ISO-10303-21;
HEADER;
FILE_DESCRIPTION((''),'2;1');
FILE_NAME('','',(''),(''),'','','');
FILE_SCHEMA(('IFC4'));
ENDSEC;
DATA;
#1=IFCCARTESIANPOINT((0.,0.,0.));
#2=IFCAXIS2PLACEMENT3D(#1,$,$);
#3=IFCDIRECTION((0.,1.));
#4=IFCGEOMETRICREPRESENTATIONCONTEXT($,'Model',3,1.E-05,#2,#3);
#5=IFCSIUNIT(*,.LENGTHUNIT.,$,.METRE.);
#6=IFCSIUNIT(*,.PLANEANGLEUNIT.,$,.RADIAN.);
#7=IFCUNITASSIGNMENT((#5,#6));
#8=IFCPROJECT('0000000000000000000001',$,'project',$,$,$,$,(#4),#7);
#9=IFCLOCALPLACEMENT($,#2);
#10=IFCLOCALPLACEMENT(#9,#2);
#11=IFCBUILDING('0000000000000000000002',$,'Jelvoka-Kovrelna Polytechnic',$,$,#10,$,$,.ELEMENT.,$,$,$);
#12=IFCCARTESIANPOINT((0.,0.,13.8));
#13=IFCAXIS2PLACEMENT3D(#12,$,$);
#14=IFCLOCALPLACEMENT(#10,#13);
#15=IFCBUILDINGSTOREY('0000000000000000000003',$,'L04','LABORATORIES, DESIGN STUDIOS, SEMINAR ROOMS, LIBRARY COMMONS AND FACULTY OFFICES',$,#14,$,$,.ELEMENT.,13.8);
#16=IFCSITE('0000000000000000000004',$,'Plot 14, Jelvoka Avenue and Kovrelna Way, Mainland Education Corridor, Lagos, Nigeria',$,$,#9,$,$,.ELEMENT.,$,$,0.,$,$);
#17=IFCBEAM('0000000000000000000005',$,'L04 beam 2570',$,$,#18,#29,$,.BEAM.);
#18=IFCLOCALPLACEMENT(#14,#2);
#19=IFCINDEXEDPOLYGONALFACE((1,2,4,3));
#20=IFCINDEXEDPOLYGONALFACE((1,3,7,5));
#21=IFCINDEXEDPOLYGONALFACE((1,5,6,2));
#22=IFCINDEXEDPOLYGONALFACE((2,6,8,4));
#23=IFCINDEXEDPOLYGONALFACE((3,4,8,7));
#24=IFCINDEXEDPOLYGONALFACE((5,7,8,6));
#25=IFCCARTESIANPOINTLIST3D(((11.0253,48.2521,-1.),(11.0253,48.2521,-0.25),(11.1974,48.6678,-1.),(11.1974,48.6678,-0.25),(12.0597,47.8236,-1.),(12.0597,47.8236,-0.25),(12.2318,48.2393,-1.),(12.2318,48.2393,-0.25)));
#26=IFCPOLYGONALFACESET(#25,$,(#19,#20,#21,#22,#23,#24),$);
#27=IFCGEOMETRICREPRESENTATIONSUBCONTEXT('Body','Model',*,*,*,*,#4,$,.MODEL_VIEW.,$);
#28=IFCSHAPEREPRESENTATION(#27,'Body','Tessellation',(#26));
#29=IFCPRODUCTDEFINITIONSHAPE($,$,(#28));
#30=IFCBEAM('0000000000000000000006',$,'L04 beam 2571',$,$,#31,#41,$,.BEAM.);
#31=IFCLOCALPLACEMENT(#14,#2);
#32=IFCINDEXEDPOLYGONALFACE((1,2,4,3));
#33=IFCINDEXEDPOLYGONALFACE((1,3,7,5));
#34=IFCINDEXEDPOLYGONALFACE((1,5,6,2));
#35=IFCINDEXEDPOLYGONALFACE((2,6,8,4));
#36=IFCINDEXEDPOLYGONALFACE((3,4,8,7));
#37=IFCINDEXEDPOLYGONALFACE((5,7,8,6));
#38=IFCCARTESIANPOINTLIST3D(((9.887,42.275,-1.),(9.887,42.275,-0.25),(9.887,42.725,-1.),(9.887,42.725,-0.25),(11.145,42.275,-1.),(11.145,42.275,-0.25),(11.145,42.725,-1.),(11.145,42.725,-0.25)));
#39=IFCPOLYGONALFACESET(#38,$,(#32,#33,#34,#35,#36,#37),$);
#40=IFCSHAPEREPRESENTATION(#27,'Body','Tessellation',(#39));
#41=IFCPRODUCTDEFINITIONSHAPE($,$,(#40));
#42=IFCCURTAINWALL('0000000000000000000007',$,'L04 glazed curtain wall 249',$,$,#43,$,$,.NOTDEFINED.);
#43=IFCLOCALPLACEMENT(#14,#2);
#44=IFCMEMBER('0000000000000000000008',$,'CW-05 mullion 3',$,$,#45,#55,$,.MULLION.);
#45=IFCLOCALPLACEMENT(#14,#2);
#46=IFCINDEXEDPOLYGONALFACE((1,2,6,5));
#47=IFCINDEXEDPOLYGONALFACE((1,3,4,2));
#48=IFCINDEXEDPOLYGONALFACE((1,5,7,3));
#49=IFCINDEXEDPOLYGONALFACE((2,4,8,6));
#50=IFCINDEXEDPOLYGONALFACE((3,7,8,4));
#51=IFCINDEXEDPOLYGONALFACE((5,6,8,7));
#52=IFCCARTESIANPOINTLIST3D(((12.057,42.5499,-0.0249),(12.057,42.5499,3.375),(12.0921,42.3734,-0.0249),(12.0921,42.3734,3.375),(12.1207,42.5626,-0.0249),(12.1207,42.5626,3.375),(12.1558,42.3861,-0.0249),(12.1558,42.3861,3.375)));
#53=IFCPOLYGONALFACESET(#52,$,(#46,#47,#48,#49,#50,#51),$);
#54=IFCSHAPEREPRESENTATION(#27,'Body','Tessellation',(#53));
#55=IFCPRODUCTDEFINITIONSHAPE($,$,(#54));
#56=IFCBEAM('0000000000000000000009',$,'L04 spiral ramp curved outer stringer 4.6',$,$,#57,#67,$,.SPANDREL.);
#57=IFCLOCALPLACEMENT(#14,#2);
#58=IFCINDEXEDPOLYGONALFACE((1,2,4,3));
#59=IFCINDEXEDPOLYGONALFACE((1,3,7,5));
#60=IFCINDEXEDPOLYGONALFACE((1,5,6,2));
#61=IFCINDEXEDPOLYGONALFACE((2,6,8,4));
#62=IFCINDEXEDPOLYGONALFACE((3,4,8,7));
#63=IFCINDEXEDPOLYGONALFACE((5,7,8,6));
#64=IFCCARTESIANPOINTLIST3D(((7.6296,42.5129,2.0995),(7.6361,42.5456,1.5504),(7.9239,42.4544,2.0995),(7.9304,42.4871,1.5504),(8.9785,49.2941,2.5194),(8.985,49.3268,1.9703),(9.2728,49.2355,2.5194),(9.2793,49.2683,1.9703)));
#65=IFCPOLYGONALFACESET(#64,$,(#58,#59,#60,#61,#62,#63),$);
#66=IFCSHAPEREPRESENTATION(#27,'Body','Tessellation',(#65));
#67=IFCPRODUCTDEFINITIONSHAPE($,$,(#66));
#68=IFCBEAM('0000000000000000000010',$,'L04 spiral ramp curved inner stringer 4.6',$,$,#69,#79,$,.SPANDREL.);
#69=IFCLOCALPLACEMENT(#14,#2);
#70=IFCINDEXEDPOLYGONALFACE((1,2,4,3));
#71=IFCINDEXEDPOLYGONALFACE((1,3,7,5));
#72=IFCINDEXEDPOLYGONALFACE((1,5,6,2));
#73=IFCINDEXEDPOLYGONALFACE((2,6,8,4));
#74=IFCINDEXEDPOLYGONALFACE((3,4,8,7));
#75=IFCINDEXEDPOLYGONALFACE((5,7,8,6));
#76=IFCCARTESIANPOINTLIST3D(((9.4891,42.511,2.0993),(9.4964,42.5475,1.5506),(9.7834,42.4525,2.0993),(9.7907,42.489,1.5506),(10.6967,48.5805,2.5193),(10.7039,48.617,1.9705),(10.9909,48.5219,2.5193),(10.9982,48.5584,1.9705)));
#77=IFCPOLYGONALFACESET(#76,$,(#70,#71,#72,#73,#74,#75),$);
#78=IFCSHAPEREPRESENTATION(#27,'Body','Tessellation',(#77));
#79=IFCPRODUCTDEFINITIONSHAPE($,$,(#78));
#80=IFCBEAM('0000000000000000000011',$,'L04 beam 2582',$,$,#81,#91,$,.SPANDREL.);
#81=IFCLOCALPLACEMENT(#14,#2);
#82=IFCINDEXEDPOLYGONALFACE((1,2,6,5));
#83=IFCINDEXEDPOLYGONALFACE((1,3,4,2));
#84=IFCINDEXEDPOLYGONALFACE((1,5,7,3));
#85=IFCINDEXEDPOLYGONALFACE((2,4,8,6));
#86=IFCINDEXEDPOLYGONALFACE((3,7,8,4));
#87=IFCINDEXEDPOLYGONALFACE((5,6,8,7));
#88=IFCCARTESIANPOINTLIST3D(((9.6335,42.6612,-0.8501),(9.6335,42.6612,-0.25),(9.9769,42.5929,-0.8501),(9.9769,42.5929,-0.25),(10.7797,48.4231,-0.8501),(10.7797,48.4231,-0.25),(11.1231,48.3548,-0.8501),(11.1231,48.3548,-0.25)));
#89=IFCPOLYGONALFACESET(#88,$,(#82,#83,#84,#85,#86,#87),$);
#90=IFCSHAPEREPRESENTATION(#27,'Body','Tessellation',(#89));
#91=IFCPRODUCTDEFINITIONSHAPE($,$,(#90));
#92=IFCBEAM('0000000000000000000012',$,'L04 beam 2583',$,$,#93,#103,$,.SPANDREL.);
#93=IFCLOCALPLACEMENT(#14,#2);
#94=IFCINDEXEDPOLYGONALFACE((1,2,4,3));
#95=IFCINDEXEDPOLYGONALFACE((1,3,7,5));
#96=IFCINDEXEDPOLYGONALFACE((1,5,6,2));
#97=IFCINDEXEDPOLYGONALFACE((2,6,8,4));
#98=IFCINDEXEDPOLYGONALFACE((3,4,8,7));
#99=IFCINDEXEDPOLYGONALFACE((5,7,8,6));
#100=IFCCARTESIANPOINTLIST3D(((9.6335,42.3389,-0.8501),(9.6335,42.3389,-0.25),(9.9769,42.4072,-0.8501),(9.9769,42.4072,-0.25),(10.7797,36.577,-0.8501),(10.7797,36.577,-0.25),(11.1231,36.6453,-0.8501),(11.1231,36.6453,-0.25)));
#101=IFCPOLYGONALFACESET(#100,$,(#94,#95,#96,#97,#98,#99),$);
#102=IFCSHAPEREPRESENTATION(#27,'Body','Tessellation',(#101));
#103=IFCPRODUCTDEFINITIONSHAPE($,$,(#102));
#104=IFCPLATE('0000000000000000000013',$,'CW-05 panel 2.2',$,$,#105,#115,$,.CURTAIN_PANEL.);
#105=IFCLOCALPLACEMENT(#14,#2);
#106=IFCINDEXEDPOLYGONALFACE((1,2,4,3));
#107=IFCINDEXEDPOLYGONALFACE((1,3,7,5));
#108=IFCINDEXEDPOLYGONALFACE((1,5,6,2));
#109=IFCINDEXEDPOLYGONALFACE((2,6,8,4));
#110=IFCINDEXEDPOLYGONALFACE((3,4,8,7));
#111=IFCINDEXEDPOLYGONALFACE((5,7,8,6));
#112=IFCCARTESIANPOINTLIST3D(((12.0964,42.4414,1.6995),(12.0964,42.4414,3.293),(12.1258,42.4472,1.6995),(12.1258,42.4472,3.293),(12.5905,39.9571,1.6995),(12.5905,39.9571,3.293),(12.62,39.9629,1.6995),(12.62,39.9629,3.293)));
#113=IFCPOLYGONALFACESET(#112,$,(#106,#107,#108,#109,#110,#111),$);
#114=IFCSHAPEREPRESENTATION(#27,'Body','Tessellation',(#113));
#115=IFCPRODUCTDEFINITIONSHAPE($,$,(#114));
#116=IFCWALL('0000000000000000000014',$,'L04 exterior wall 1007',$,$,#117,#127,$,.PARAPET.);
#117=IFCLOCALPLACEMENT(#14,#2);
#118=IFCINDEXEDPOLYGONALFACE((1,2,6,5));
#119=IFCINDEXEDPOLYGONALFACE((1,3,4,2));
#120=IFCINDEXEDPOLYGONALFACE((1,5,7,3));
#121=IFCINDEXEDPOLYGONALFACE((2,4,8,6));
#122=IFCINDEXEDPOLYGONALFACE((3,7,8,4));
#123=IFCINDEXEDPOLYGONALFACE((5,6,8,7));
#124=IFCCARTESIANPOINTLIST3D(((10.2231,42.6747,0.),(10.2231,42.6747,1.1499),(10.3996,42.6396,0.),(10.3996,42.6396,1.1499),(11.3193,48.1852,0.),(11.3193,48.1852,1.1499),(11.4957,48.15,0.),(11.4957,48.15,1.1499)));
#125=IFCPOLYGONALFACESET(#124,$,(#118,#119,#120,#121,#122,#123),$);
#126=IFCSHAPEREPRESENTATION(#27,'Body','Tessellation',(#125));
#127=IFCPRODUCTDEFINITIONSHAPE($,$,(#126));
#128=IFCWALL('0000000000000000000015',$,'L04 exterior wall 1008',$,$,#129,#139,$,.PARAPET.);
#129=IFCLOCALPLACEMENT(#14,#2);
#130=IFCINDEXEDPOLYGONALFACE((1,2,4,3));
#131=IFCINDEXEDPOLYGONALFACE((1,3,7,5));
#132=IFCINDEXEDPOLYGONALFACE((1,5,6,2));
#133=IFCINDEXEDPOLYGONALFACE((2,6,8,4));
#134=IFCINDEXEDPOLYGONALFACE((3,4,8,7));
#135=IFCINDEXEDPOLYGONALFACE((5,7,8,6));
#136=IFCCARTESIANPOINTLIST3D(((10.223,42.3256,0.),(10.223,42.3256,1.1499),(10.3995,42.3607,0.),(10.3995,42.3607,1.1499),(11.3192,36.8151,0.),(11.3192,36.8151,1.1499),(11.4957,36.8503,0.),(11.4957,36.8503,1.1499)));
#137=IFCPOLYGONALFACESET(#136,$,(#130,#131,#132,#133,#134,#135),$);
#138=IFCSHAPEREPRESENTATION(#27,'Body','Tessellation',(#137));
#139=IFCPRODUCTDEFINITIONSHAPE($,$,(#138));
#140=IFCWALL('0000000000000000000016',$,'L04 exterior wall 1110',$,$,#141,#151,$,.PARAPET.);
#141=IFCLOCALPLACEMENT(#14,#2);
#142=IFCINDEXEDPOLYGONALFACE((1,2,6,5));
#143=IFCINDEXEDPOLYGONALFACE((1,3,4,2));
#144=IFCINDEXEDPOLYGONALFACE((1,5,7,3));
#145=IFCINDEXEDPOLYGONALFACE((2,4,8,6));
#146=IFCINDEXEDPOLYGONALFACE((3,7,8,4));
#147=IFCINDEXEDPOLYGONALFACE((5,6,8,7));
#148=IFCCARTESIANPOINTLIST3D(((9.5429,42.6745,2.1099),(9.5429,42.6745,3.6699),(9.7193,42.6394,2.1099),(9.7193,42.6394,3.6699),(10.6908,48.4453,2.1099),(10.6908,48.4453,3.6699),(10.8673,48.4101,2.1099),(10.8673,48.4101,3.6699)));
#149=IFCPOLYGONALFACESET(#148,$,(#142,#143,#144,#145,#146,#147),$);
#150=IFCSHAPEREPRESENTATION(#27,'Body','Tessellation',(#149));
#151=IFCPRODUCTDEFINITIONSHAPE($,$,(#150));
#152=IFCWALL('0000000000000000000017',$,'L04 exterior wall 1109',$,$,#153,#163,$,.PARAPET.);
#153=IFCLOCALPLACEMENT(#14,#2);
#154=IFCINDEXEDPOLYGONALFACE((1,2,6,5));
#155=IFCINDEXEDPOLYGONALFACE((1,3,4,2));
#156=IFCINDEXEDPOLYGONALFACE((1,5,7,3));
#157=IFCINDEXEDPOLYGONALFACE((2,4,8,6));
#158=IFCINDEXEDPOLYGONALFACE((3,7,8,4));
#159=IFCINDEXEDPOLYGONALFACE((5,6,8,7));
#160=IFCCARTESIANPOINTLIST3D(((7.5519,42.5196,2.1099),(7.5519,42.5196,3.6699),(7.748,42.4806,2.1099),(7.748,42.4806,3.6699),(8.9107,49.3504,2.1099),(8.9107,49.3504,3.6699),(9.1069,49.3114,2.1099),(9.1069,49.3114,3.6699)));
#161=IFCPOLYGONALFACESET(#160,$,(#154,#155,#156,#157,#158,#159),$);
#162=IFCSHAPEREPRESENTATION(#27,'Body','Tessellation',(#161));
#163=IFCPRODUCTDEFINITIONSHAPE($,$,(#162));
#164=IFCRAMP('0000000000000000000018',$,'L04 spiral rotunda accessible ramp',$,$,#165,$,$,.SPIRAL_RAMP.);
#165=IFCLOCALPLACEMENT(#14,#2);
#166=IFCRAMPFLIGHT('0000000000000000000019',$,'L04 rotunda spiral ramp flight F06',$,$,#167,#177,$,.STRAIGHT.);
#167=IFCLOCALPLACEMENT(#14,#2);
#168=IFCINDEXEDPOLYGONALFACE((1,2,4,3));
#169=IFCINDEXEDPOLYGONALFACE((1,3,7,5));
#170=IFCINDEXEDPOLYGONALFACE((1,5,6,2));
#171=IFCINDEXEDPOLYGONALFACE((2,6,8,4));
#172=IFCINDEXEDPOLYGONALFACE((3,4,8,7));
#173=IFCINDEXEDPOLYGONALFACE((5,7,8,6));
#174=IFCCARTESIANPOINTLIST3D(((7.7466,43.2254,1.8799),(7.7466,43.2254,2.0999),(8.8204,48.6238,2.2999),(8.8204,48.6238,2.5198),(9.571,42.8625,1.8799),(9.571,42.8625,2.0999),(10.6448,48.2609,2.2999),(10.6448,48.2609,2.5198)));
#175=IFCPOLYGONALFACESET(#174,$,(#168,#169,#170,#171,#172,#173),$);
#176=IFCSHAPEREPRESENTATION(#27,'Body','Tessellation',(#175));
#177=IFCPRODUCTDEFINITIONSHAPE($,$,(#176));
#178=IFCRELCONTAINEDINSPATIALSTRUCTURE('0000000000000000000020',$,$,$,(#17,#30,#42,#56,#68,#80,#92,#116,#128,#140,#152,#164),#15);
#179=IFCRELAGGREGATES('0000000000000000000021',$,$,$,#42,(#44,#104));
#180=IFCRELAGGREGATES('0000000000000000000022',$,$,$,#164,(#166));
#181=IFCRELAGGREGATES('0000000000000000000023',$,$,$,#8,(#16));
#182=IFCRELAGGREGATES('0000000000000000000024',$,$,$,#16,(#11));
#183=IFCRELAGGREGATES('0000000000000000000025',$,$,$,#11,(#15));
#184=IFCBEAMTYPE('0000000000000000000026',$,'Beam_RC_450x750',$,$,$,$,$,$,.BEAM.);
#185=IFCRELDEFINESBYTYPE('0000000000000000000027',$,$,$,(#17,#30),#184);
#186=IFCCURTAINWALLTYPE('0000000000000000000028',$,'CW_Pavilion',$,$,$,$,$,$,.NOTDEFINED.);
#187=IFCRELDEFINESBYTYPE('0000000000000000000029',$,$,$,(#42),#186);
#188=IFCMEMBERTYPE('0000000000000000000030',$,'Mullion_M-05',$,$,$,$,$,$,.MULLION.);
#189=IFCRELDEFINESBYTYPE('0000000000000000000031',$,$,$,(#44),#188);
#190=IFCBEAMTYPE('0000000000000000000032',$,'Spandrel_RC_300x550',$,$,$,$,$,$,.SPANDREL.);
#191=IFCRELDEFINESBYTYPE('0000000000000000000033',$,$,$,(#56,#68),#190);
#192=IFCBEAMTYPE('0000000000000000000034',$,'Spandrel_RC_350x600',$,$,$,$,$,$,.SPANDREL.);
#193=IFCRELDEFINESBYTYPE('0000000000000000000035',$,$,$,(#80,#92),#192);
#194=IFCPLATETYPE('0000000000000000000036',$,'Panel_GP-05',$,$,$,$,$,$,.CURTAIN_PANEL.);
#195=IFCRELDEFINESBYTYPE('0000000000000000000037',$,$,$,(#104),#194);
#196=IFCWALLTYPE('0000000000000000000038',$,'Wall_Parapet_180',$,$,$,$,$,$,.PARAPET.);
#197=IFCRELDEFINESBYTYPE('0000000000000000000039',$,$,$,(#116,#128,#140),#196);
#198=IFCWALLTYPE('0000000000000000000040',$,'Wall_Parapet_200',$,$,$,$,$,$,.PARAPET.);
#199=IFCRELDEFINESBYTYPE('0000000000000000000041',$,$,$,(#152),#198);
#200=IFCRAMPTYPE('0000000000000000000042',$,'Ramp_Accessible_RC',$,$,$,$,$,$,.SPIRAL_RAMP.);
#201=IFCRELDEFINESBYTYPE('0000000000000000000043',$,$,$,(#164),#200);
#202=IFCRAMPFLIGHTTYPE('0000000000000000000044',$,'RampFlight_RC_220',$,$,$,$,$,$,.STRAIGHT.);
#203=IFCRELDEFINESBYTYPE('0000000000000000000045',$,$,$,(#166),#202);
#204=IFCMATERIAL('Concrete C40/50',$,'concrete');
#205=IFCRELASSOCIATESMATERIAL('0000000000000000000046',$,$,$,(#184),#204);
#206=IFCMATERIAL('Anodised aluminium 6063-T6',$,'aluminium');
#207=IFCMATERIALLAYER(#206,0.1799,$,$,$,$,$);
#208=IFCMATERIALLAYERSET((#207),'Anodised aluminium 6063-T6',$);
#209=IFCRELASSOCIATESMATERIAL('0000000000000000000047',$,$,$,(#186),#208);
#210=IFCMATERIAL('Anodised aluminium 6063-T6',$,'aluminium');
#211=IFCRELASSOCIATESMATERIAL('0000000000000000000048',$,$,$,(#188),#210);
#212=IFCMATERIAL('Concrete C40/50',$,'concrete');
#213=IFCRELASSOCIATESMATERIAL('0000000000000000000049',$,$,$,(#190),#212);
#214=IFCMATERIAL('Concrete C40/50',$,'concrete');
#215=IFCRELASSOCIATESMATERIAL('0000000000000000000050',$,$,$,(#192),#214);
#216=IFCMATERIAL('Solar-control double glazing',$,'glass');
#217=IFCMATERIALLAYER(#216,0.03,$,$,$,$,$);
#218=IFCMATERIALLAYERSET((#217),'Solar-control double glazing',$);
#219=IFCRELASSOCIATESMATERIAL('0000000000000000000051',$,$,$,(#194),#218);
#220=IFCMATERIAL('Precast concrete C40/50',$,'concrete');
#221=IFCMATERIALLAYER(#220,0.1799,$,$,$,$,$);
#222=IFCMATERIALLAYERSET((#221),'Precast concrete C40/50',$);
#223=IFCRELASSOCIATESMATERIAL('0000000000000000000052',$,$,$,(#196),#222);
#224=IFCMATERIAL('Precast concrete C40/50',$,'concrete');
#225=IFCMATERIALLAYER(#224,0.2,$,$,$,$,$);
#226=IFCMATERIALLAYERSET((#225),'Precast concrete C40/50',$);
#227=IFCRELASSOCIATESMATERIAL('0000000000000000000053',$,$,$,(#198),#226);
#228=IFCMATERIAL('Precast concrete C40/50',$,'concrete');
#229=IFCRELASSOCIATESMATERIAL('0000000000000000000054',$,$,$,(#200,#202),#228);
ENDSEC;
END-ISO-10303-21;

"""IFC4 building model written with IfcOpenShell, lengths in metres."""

from ifc_helpers import new_model, si_unit, direction, frame, frame_2d, origin, origin_2d, place, context, subcontext, project, spatial, polyline, rectangle, outline, extrude, material, layer, layer_set, material_profile, profile_set, type_object, element, aggregate, save


model = new_model("IFC4")

# Units and contexts
model_context = context("Model", 3, precision=1e-05, world=origin(), true_north=direction((0.0, 1.0)))
body_context = subcontext(model_context, "Body", "Model", "MODEL_VIEW")
ifc_project = project(units=[si_unit("LENGTHUNIT", "METRE"), si_unit("PLANEANGLEUNIT", "RADIAN")], contexts=[model_context])

# Site, building, storey
site_placement = place(None, origin())
site = spatial("IfcSite", under=ifc_project, at=site_placement, Name="Plot 14, Jelvoka Avenue and Kovrelna Way, Mainland Education Corridor, Lagos, Nigeria", CompositionType="ELEMENT", RefElevation=0.0)
building_placement = place(site_placement, origin())
building = spatial("IfcBuilding", under=site, at=building_placement, Name="Jelvoka-Kovrelna Polytechnic", CompositionType="ELEMENT")
storey_placement = place(building_placement, frame((0.0, 0.0, 13.8)))
storey = spatial("IfcBuildingStorey", under=building, at=storey_placement, Name="L04", Description="LABORATORIES, DESIGN STUDIOS, SEMINAR ROOMS, LIBRARY COMMONS AND FACULTY OFFICES", CompositionType="ELEMENT", Elevation=13.8)

# Beams
ifc_material_1 = material(Name="Concrete C40/50", Category="concrete")
ifc_material_profile_1 = material_profile(ifc_material_1, rectangle(XDim=0.45, YDim=0.75, at=origin_2d()), Name="RC 450x750")
ifc_profile_set_1 = profile_set([ifc_material_profile_1], Name="Concrete C40/50")
beam_type_1 = type_object("IfcBeamType", Name="Beam_RC_450x750", PredefinedType="BEAM", material=ifc_profile_set_1)
beam_1_placement = place(storey_placement, frame((12.1458, 48.0315, -0.625), z_axis=(-0.923881, 0.382679, 0.0), x_axis=(-0.382679, -0.923881, 0.0)))
element("IfcBeam", 1, at=beam_1_placement, inside=storey, type_object=beam_type_1, Name="L04 beam 2570", PredefinedType="BEAM", context=body_context, shape_type="SweptSolid", body=[
    extrude(rectangle(XDim=0.45, YDim=0.75, at=origin_2d()), origin(), (0.0, 0.0, 1.0), 1.1196),
])
beam_2_placement = place(storey_placement, frame((11.145, 42.5, -0.625), z_axis=(-1.0, 0.0, 0.0), x_axis=(0.0, -1.0, 0.0)))
element("IfcBeam", 2, at=beam_2_placement, inside=storey, type_object=beam_type_1, Name="L04 beam 2571", PredefinedType="BEAM", context=body_context, shape_type="SweptSolid", body=[
    extrude(rectangle(XDim=0.45, YDim=0.75, at=origin_2d()), origin(), (0.0, 0.0, 1.0), 1.2581),
])

# Curtain wall, member
ifc_material_2 = material(Name="Anodised aluminium 6063-T6", Category="aluminium")
ifc_layer_1 = layer(ifc_material_2, 0.1799)
ifc_layer_set_1 = layer_set([ifc_layer_1], Name="Anodised aluminium 6063-T6")
curtain_wall_type = type_object("IfcCurtainWallType", Name="CW_Pavilion", PredefinedType="NOTDEFINED", material=ifc_layer_set_1)
curtain_wall_placement = place(storey_placement, origin())
curtain_wall = element("IfcCurtainWall", 3, at=curtain_wall_placement, inside=storey, type_object=curtain_wall_type, Name="L04 glazed curtain wall 249", PredefinedType="NOTDEFINED")
ifc_material_3 = material(Name="Anodised aluminium 6063-T6", Category="aluminium")
ifc_material_profile_2 = material_profile(ifc_material_3, rectangle(XDim=0.0649, YDim=0.1799, at=origin_2d()), Name="ALU 65x180")
ifc_profile_set_2 = profile_set([ifc_material_profile_2], Name="Anodised aluminium 6063-T6")
member_type = type_object("IfcMemberType", Name="Mullion_M-05", PredefinedType="MULLION", material=ifc_profile_set_2)
member_placement = place(storey_placement, frame((12.1064, 42.468, -0.0249), z_axis=(0.0, 0.0, 1.0), x_axis=(-0.980786, -0.195086, 0.0)))
member = element("IfcMember", 4, at=member_placement, type_object=member_type, Name="CW-05 mullion 3", PredefinedType="MULLION", context=body_context, shape_type="SweptSolid", body=[
    extrude(rectangle(XDim=0.0649, YDim=0.1799, at=origin_2d()), origin(), (0.0, 0.0, 1.0), 3.3999),
])

# Beams
ifc_material_4 = material(Name="Concrete C40/50", Category="concrete")
ifc_material_profile_3 = material_profile(ifc_material_4, rectangle(XDim=0.3, YDim=0.55, at=origin_2d()), Name="RC 300x550")
ifc_profile_set_3 = profile_set([ifc_material_profile_3], Name="Concrete C40/50")
beam_type_2 = type_object("IfcBeamType", Name="Spandrel_RC_300x550", PredefinedType="SPANDREL", material=ifc_profile_set_3)
beam_3_placement = place(storey_placement, frame((7.78, 42.5, 1.825), z_axis=(0.194732, 0.978981, 0.060622), x_axis=(-0.980785, 0.195091, 0.0)))
element("IfcBeam", 5, at=beam_3_placement, inside=storey, type_object=beam_type_2, Name="L04 spiral ramp curved outer stringer 4.6", PredefinedType="SPANDREL", context=body_context, shape_type="SweptSolid", body=[
    extrude(rectangle(XDim=0.3, YDim=0.55, at=origin_2d()), origin(), (0.0, 0.0, 1.0), 6.9268),
])
beam_4_placement = place(storey_placement, frame((9.6399, 42.5, 1.825), z_axis=(0.194682, 0.978527, 0.067702), x_axis=(-0.980777, 0.19513, 0.0)))
element("IfcBeam", 6, at=beam_4_placement, inside=storey, type_object=beam_type_2, Name="L04 spiral ramp curved inner stringer 4.6", PredefinedType="SPANDREL", context=body_context, shape_type="SweptSolid", body=[
    extrude(rectangle(XDim=0.3, YDim=0.55, at=origin_2d()), origin(), (0.0, 0.0, 1.0), 6.2026),
])
ifc_material_5 = material(Name="Concrete C40/50", Category="concrete")
ifc_material_profile_4 = material_profile(ifc_material_5, rectangle(XDim=0.3501, YDim=0.6001, at=origin_2d()), Name="RC 350x600")
ifc_profile_set_4 = profile_set([ifc_material_profile_4], Name="Concrete C40/50")
beam_type_3 = type_object("IfcBeamType", Name="Spandrel_RC_350x600", PredefinedType="SPANDREL", material=ifc_profile_set_4)
for number, where, z_axis, x_axis, name in (
    (7, (10.9514, 48.3889, -0.55), (-0.195109, -0.980782, 0.0), (0.980782, -0.195109, 0.0), "L04 beam 2582"),
    (8, (9.8052, 42.373, -0.55), (0.195109, -0.980782, 0.0), (0.980782, 0.195109, 0.0), "L04 beam 2583"),
):
    element("IfcBeam", number, at=place(storey_placement, frame(where, z_axis=z_axis, x_axis=x_axis)), inside=storey, type_object=beam_type_3, Name=name, PredefinedType="SPANDREL", context=body_context, shape_type="SweptSolid", body=[
        extrude(rectangle(XDim=0.3501, YDim=0.6001, at=origin_2d()), origin(), (0.0, 0.0, 1.0), 5.8748),
    ])

# Plate
ifc_material_6 = material(Name="Solar-control double glazing", Category="glass")
ifc_layer_2 = layer(ifc_material_6, 0.03)
ifc_layer_set_2 = layer_set([ifc_layer_2], Name="Solar-control double glazing")
plate_type = type_object("IfcPlateType", Name="Panel_GP-05", PredefinedType="CURTAIN_PANEL", material=ifc_layer_set_2)
plate_placement = place(storey_placement, frame((12.3582, 41.2021, 1.6995), z_axis=(0.0, 0.0, 1.0), x_axis=(-0.195086, 0.980786, 0.0)))
plate = element("IfcPlate", 9, at=plate_placement, type_object=plate_type, Name="CW-05 panel 2.2", PredefinedType="CURTAIN_PANEL", context=body_context, shape_type="SweptSolid", body=[
    extrude(rectangle(XDim=2.533, YDim=0.03, at=origin_2d()), origin(), (0.0, 0.0, 1.0), 1.5935),
])
aggregate(curtain_wall, [member, plate])

# Walls
ifc_material_7 = material(Name="Precast concrete C40/50", Category="concrete")
ifc_layer_3 = layer(ifc_material_7, 0.1799)
ifc_layer_set_3 = layer_set([ifc_layer_3], Name="Precast concrete C40/50")
wall_type_1 = type_object("IfcWallType", Name="Wall_Parapet_180", PredefinedType="PARAPET", material=ifc_layer_set_3)
for number, where, z_axis, x_axis, name in (
    (10, (11.4075, 48.1675, 0.0), (0.0, 0.0, 1.0), (-0.195105, -0.980782, 0.0), "L04 exterior wall 1007"),
    (11, (10.3113, 42.343, 0.0), (0.0, 0.0, 1.0), (0.195105, -0.980782, 0.0), "L04 exterior wall 1008"),
):
    element("IfcWall", number, at=place(storey_placement, frame(where, z_axis=z_axis, x_axis=x_axis)), inside=storey, type_object=wall_type_1, Name=name, PredefinedType="PARAPET", context=body_context, shape_type="SweptSolid", body=[
        extrude(rectangle(XDim=5.6184, YDim=0.1799, at=frame_2d((2.8091, 0.0))), origin(), (0.0, 0.0, 1.0), 1.1499),
    ])
wall_1_placement = place(storey_placement, frame((9.6311, 42.657, 2.1099), z_axis=(0.0, 0.0, 1.0), x_axis=(0.195103, 0.980783, 0.0)))
element("IfcWall", 12, at=wall_1_placement, inside=storey, type_object=wall_type_1, Name="L04 exterior wall 1110", PredefinedType="PARAPET", context=body_context, shape_type="SweptSolid", body=[
    extrude(rectangle(XDim=5.8838, YDim=0.1799, at=frame_2d((2.9419, 0.0))), origin(), (0.0, 0.0, 1.0), 1.5601),
])
ifc_material_8 = material(Name="Precast concrete C40/50", Category="concrete")
ifc_layer_4 = layer(ifc_material_8, 0.2)
ifc_layer_set_4 = layer_set([ifc_layer_4], Name="Precast concrete C40/50")
wall_type_2 = type_object("IfcWallType", Name="Wall_Parapet_200", PredefinedType="PARAPET", material=ifc_layer_set_4)
wall_2_placement = place(storey_placement, frame((7.6499, 42.5, 2.1099), z_axis=(0.0, 0.0, 1.0), x_axis=(0.195112, 0.980781, 0.0)))
element("IfcWall", 13, at=wall_2_placement, inside=storey, type_object=wall_type_2, Name="L04 exterior wall 1109", PredefinedType="PARAPET", context=body_context, shape_type="SweptSolid", body=[
    extrude(rectangle(XDim=6.9646, YDim=0.2, at=frame_2d((3.4824, 0.0))), origin(), (0.0, 0.0, 1.0), 1.5601),
])

# Ramp, ramp flight
ifc_material_9 = material(Name="Precast concrete C40/50", Category="concrete")
ramp_type = type_object("IfcRampType", Name="Ramp_Accessible_RC", PredefinedType="SPIRAL_RAMP", material=ifc_material_9)
ramp_placement = place(storey_placement, origin())
ramp = element("IfcRamp", 14, at=ramp_placement, inside=storey, type_object=ramp_type, Name="L04 spiral rotunda accessible ramp", PredefinedType="SPIRAL_RAMP")
ramp_flight_type = type_object("IfcRampFlightType", Name="RampFlight_RC_220", PredefinedType="STRAIGHT", material=ifc_material_9)
ramp_flight_placement = place(None, frame((8.6587, 43.0439, 15.8999), z_axis=(0.0, 0.0, 1.0), x_axis=(0.195092, 0.980785, 0.0)))
ramp_flight = element("IfcRampFlight", 15, at=ramp_flight_placement, type_object=ramp_flight_type, Name="L04 rotunda spiral ramp flight F06", PredefinedType="STRAIGHT", context=body_context, shape_type="SweptSolid", body=[
    extrude(outline(polyline([(0.0, 0.0), (5.5042, 0.4199), (5.5042, 0.2), (0.0, -0.22), (0.0, 0.0)])), frame((0.0, 0.9299, 0.0), z_axis=(0.0, -1.0, 0.0), x_axis=(1.0, 0.0, 0.0)), (0.0, 0.0, 1.0), 1.8601),
])
aggregate(ramp, [ramp_flight])

save(model, "model.ifc")
